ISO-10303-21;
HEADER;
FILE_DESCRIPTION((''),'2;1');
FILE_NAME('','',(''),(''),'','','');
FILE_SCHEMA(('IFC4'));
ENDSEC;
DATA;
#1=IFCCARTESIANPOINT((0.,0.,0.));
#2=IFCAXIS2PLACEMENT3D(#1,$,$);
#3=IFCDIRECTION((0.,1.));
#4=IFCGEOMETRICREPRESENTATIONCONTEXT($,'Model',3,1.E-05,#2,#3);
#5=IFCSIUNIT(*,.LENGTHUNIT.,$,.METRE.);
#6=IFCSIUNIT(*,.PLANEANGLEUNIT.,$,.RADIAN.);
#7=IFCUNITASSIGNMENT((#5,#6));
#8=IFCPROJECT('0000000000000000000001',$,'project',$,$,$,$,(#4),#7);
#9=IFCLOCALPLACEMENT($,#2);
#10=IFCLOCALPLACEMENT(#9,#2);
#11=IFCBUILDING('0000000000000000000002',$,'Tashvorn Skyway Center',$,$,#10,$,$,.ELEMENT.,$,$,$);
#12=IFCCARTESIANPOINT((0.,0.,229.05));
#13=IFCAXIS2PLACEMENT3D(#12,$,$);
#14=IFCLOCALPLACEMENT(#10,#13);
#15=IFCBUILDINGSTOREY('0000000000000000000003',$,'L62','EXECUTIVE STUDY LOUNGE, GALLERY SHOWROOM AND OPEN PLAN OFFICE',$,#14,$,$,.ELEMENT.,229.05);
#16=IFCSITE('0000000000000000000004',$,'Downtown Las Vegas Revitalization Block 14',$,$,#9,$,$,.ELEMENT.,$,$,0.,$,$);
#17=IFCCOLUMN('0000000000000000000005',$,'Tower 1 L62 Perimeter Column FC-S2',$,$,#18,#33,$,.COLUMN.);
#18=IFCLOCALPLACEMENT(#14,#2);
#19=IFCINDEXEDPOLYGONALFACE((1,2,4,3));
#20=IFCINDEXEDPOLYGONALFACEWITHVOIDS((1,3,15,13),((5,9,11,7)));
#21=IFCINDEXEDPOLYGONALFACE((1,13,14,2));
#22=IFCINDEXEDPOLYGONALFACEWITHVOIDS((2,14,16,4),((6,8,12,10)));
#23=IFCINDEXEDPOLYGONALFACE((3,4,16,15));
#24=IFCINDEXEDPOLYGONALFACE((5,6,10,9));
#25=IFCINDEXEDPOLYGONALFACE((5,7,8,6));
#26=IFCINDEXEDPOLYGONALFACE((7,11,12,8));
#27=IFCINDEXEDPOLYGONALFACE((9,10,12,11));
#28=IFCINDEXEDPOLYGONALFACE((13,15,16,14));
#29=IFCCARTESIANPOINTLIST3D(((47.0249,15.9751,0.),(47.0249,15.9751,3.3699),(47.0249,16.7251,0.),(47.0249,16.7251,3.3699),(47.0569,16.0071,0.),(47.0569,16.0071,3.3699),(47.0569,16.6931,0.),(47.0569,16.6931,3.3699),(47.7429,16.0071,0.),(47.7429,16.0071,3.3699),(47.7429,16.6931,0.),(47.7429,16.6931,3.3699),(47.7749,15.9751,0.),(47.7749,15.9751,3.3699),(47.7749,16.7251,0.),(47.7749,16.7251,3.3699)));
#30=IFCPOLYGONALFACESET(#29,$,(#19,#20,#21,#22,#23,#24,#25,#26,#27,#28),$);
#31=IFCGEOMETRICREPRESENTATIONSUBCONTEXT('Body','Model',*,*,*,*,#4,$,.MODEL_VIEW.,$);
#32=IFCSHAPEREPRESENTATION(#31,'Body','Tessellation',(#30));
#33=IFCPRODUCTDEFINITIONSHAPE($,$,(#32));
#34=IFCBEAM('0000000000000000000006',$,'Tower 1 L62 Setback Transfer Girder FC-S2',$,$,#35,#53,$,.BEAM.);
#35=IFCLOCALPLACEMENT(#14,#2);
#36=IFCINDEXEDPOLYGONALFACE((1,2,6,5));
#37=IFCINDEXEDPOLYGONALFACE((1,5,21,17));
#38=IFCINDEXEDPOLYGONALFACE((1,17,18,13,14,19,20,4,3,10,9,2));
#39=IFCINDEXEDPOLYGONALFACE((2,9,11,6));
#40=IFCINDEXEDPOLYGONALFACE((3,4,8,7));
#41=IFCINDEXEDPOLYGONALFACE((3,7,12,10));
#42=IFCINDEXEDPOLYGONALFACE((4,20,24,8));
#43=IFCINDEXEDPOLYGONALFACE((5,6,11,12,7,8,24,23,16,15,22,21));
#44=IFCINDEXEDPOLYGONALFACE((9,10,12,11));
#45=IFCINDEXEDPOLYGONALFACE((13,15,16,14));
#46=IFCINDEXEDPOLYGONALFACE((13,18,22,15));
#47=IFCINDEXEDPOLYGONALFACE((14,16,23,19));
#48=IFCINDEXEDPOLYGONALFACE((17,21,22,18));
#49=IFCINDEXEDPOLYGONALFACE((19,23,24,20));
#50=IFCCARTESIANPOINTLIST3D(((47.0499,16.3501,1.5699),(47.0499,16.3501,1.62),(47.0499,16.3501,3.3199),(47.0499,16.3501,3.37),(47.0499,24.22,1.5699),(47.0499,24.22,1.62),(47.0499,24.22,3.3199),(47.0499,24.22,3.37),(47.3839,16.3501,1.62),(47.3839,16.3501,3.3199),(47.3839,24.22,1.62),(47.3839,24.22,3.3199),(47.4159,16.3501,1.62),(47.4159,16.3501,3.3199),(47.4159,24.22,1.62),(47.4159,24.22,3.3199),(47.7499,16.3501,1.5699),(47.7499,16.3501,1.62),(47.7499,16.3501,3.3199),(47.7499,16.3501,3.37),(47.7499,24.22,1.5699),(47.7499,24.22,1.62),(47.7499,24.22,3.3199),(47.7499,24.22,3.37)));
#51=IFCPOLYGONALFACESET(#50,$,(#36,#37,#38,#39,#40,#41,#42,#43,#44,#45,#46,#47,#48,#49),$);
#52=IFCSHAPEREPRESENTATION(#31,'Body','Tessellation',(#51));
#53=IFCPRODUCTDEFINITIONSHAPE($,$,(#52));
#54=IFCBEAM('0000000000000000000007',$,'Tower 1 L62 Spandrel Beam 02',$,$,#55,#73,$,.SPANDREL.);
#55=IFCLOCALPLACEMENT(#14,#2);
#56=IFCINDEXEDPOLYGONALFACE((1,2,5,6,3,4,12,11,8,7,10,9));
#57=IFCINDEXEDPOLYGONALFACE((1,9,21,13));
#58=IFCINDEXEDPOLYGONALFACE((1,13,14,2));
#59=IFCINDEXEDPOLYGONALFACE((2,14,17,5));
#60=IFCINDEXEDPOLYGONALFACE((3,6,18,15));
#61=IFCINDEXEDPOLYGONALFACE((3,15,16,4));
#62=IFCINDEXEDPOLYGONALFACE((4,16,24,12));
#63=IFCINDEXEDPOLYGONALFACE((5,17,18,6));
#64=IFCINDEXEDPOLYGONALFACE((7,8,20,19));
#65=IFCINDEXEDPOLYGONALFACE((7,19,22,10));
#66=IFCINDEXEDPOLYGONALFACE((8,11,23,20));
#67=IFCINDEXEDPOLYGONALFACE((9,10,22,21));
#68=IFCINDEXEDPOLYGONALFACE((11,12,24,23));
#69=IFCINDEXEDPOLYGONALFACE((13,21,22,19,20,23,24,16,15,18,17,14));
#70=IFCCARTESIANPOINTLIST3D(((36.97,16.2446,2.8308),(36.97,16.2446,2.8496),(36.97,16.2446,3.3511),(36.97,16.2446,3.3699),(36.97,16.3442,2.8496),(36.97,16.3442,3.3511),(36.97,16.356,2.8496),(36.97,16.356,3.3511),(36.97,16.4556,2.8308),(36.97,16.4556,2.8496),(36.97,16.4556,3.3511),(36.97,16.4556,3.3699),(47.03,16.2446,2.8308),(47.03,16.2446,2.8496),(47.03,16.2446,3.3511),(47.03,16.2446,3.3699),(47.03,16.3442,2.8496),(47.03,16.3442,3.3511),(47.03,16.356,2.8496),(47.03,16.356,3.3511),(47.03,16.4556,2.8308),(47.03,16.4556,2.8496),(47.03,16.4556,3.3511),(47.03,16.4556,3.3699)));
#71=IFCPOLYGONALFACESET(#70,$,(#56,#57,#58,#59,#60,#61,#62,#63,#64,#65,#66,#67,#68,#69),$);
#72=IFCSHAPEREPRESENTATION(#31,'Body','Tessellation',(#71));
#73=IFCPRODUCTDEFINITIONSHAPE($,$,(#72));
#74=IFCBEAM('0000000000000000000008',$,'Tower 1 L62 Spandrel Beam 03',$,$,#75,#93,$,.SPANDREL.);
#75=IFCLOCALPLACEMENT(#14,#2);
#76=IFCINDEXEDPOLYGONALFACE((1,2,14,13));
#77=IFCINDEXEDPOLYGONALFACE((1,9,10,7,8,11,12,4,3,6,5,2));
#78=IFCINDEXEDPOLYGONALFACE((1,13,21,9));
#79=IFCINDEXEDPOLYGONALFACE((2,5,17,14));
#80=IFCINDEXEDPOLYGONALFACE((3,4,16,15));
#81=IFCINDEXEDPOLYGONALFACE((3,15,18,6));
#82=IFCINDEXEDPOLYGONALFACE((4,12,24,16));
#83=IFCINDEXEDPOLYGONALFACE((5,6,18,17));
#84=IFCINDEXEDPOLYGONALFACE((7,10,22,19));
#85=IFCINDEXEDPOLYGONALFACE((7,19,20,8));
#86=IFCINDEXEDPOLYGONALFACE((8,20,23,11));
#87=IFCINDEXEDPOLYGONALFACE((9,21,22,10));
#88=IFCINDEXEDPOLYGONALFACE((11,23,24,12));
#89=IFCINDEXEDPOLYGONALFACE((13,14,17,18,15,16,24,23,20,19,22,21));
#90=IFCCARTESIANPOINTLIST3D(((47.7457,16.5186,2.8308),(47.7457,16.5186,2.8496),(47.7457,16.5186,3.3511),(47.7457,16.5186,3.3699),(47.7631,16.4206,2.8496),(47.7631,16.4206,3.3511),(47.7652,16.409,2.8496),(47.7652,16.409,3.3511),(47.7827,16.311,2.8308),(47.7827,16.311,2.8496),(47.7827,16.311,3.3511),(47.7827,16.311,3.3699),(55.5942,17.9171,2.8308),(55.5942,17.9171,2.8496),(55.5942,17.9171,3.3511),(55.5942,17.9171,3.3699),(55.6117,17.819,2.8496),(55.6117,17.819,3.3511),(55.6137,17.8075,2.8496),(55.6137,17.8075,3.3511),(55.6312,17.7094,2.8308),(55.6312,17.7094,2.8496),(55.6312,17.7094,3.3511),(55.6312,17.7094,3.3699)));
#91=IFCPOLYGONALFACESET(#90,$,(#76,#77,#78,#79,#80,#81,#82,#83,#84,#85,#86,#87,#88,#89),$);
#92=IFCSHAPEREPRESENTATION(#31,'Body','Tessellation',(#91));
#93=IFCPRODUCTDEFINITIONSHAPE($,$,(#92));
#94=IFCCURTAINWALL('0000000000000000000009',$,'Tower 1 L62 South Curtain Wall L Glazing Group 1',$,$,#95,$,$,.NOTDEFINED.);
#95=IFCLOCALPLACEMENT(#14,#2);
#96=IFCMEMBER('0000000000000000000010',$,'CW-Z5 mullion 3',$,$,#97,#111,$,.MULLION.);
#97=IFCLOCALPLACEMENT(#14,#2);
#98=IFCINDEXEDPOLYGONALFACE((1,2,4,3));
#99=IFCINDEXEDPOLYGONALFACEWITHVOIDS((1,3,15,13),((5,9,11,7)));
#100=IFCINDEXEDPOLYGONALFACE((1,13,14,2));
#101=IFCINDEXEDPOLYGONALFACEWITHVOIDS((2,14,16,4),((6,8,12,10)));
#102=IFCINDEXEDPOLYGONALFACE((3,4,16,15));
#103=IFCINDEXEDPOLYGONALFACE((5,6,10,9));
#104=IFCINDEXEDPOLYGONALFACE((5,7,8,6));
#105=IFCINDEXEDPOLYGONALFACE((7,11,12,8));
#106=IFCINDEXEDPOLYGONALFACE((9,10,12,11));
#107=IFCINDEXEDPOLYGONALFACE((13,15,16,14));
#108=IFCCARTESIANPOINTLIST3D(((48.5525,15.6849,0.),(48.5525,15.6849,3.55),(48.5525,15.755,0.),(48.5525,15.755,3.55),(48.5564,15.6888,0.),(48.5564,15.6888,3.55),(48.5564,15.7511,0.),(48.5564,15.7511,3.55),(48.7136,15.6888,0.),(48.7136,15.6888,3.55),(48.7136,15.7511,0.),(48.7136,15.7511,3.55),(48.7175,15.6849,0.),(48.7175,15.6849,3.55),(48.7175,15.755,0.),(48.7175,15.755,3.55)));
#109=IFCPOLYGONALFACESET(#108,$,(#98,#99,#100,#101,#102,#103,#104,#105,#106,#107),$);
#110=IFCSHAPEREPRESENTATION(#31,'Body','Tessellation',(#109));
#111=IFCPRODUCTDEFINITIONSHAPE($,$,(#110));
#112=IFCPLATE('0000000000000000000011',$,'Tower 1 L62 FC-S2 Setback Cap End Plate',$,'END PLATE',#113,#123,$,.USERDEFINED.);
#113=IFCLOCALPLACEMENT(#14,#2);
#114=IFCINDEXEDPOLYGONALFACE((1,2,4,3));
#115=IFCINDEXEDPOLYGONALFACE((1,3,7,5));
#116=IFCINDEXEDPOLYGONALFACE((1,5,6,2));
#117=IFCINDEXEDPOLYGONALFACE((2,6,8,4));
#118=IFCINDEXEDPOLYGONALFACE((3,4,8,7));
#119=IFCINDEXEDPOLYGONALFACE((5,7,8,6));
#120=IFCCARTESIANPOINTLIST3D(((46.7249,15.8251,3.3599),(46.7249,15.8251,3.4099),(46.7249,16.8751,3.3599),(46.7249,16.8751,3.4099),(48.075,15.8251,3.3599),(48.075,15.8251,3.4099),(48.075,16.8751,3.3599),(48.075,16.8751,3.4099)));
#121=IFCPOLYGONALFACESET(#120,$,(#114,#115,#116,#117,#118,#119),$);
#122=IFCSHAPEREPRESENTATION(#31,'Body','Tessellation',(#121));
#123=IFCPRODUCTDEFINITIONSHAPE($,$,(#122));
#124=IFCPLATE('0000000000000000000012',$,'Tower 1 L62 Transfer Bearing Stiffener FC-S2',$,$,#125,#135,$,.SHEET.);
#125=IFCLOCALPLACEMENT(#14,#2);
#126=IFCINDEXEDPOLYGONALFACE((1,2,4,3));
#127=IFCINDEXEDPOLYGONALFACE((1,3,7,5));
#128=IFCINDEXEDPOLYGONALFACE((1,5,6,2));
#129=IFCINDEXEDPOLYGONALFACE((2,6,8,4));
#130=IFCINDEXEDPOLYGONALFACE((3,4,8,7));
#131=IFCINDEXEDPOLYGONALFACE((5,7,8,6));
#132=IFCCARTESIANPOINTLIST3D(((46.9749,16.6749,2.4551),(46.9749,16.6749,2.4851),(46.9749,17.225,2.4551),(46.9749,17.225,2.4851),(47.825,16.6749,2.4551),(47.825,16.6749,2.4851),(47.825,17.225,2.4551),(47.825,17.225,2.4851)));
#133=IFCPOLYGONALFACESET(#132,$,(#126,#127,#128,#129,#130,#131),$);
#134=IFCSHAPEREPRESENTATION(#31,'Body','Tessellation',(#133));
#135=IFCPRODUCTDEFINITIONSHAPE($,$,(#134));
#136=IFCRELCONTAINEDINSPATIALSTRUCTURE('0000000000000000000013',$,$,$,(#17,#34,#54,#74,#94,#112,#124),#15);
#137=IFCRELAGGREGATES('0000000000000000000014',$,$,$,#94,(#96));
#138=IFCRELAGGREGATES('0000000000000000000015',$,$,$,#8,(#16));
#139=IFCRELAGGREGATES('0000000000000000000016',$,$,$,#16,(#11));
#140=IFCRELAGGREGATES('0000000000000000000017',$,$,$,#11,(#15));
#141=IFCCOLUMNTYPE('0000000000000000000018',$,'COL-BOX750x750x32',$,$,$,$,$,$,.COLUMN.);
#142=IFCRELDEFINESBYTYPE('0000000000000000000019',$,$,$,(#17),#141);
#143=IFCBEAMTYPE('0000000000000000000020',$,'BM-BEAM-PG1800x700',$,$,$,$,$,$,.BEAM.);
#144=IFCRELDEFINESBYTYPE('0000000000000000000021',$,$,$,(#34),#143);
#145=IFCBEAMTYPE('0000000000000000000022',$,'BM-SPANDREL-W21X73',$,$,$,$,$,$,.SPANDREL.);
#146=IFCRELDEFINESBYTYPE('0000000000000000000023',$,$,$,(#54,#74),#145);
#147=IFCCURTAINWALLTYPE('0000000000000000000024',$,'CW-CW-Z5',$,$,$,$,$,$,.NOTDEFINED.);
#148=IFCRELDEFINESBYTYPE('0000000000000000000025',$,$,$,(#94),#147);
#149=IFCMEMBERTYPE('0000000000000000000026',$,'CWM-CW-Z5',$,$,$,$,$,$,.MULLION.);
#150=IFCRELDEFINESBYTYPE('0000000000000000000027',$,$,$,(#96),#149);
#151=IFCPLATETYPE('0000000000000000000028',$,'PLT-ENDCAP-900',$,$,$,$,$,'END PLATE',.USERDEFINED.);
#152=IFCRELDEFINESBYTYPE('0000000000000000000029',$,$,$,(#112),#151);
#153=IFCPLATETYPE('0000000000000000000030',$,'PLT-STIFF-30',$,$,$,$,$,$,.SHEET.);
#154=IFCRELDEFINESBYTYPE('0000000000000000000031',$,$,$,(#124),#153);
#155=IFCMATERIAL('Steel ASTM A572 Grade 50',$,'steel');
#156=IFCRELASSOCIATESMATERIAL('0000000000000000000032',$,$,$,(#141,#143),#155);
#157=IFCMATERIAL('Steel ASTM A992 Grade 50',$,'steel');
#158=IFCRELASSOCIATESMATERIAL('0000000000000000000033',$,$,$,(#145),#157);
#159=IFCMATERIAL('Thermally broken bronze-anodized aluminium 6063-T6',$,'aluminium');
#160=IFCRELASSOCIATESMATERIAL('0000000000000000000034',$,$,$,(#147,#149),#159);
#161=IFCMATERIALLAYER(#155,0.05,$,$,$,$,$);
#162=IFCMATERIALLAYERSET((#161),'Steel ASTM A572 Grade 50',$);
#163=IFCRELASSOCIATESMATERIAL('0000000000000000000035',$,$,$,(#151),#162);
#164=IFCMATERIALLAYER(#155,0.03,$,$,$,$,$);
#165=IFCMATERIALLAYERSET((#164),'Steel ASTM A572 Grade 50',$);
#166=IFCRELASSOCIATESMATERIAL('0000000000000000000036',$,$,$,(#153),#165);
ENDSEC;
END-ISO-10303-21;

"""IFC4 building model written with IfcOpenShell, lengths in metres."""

from ifc_helpers import new_model, si_unit, direction, frame, origin, origin_2d, place, context, subcontext, project, spatial, rectangle, hollow_rectangle, i_section, extrude, material, layer, layer_set, material_profile, profile_set, type_object, element, aggregate, save


model = new_model("IFC4")

# Units and contexts
model_context = context("Model", 3, precision=1e-05, world=origin(), true_north=direction((0.0, 1.0)))
body_context = subcontext(model_context, "Body", "Model", "MODEL_VIEW")
ifc_project = project(units=[si_unit("LENGTHUNIT", "METRE"), si_unit("PLANEANGLEUNIT", "RADIAN")], contexts=[model_context])

# Site, building, storey
site_placement = place(None, origin())
site = spatial("IfcSite", under=ifc_project, at=site_placement, Name="Downtown Las Vegas Revitalization Block 14", CompositionType="ELEMENT", RefElevation=0.0)
building_placement = place(site_placement, origin())
building = spatial("IfcBuilding", under=site, at=building_placement, Name="Tashvorn Skyway Center", CompositionType="ELEMENT")
storey_placement = place(building_placement, frame((0.0, 0.0, 229.05)))
storey = spatial("IfcBuildingStorey", under=building, at=storey_placement, Name="L62", Description="EXECUTIVE STUDY LOUNGE, GALLERY SHOWROOM AND OPEN PLAN OFFICE", CompositionType="ELEMENT", Elevation=229.05)

# Column
ifc_material_1 = material(Name="Steel ASTM A572 Grade 50", Category="steel")
ifc_material_profile_1 = material_profile(ifc_material_1, hollow_rectangle(XDim=0.75, YDim=0.75, WallThickness=0.032, at=origin_2d()), Name="BOX750x750x32")
ifc_profile_set_1 = profile_set([ifc_material_profile_1], Name="Steel ASTM A572 Grade 50")
column_type = type_object("IfcColumnType", Name="COL-BOX750x750x32", PredefinedType="COLUMN", material=ifc_profile_set_1)
column_placement = place(storey_placement, frame((47.3999, 16.3501, 0.0), z_axis=(0.0, 0.0, 1.0), x_axis=(1.0, 0.0, 0.0)))
element("IfcColumn", 1, at=column_placement, inside=storey, type_object=column_type, Name="Tower 1 L62 Perimeter Column FC-S2", PredefinedType="COLUMN", context=body_context, shape_type="SweptSolid", body=[
    extrude(hollow_rectangle(XDim=0.75, YDim=0.75, WallThickness=0.032, at=origin_2d()), origin(), (0.0, 0.0, 1.0), 3.3699),
])

# Beams
ifc_material_profile_2 = material_profile(ifc_material_1, i_section(OverallWidth=0.7, OverallDepth=1.8, WebThickness=0.032, FlangeThickness=0.05, at=origin_2d()), Name="PG1800x700")
ifc_profile_set_2 = profile_set([ifc_material_profile_2], Name="Steel ASTM A572 Grade 50")
beam_type_1 = type_object("IfcBeamType", Name="BM-BEAM-PG1800x700", PredefinedType="BEAM", material=ifc_profile_set_2)
beam_1_placement = place(storey_placement, frame((47.3999, 16.3501, 2.47), z_axis=(0.0, 1.0, 0.0), x_axis=(-1.0, 0.0, 0.0)))
element("IfcBeam", 2, at=beam_1_placement, inside=storey, type_object=beam_type_1, Name="Tower 1 L62 Setback Transfer Girder FC-S2", PredefinedType="BEAM", context=body_context, shape_type="SweptSolid", body=[
    extrude(i_section(OverallWidth=0.7, OverallDepth=1.8, WebThickness=0.032, FlangeThickness=0.05, at=origin_2d()), origin(), (0.0, 0.0, 1.0), 7.8699),
])
ifc_material_2 = material(Name="Steel ASTM A992 Grade 50", Category="steel")
ifc_material_profile_3 = material_profile(ifc_material_2, i_section(OverallWidth=0.2109, OverallDepth=0.5391, WebThickness=0.0117, FlangeThickness=0.0188, at=origin_2d()), Name="W21X73")
ifc_profile_set_3 = profile_set([ifc_material_profile_3], Name="Steel ASTM A992 Grade 50")
beam_type_2 = type_object("IfcBeamType", Name="BM-SPANDREL-W21X73", PredefinedType="SPANDREL", material=ifc_profile_set_3)
beam_2_placement = place(storey_placement, frame((36.97, 16.3501, 3.1003), z_axis=(1.0, 0.0, 0.0), x_axis=(0.0, 1.0, 0.0)))
element("IfcBeam", 3, at=beam_2_placement, inside=storey, type_object=beam_type_2, Name="Tower 1 L62 Spandrel Beam 02", PredefinedType="SPANDREL", context=body_context, shape_type="SweptSolid", body=[
    extrude(i_section(OverallWidth=0.2109, OverallDepth=0.5391, WebThickness=0.0117, FlangeThickness=0.0188, at=origin_2d()), origin(), (0.0, 0.0, 1.0), 10.0601),
])
beam_3_placement = place(storey_placement, frame((47.7642, 16.4148, 3.1003), z_axis=(0.984495, 0.175413, 0.0), x_axis=(-0.175413, 0.984495, 0.0)))
element("IfcBeam", 4, at=beam_3_placement, inside=storey, type_object=beam_type_2, Name="Tower 1 L62 Spandrel Beam 03", PredefinedType="SPANDREL", context=body_context, shape_type="SweptSolid", body=[
    extrude(i_section(OverallWidth=0.2109, OverallDepth=0.5391, WebThickness=0.0117, FlangeThickness=0.0188, at=origin_2d()), origin(), (0.0, 0.0, 1.0), 7.9722),
])

# Curtain wall, member
ifc_material_3 = material(Name="Thermally broken bronze-anodized aluminium 6063-T6", Category="aluminium")
curtain_wall_type = type_object("IfcCurtainWallType", Name="CW-CW-Z5", PredefinedType="NOTDEFINED", material=ifc_material_3)
curtain_wall_placement = place(storey_placement, origin())
curtain_wall = element("IfcCurtainWall", 5, at=curtain_wall_placement, inside=storey, type_object=curtain_wall_type, Name="Tower 1 L62 South Curtain Wall L Glazing Group 1", PredefinedType="NOTDEFINED")
ifc_material_profile_4 = material_profile(ifc_material_3, hollow_rectangle(XDim=0.0701, YDim=0.165, WallThickness=0.0039, at=origin_2d()), Name="ALU-MULL-70x165")
ifc_profile_set_4 = profile_set([ifc_material_profile_4], Name="Thermally broken bronze-anodized aluminium 6063-T6")
member_type = type_object("IfcMemberType", Name="CWM-CW-Z5", PredefinedType="MULLION", material=ifc_profile_set_4)
member_placement = place(storey_placement, frame((48.635, 15.72, 0.0), z_axis=(0.0, 0.0, 1.0), x_axis=(0.0, -1.0, 0.0)))
member = element("IfcMember", 6, at=member_placement, type_object=member_type, Name="CW-Z5 mullion 3", PredefinedType="MULLION", context=body_context, shape_type="SweptSolid", body=[
    extrude(hollow_rectangle(XDim=0.0701, YDim=0.165, WallThickness=0.0039, at=origin_2d()), origin(), (0.0, 0.0, 1.0), 3.55),
])
aggregate(curtain_wall, [member])

# Plates
ifc_layer_1 = layer(ifc_material_1, 0.05)
ifc_layer_set_1 = layer_set([ifc_layer_1], Name="Steel ASTM A572 Grade 50")
plate_type_1 = type_object("IfcPlateType", Name="PLT-ENDCAP-900", ElementType="END PLATE", PredefinedType="USERDEFINED", material=ifc_layer_set_1)
plate_1_placement = place(storey_placement, frame((47.3999, 16.3501, 3.3599), z_axis=(0.0, 0.0, 1.0), x_axis=(1.0, 0.0, 0.0)))
element("IfcPlate", 7, at=plate_1_placement, inside=storey, type_object=plate_type_1, Name="Tower 1 L62 FC-S2 Setback Cap End Plate", ObjectType="END PLATE", PredefinedType="USERDEFINED", context=body_context, shape_type="SweptSolid", body=[
    extrude(rectangle(XDim=1.3501, YDim=1.05, at=origin_2d()), origin(), (0.0, 0.0, 1.0), 0.05),
])
ifc_layer_2 = layer(ifc_material_1, 0.03)
ifc_layer_set_2 = layer_set([ifc_layer_2], Name="Steel ASTM A572 Grade 50")
plate_type_2 = type_object("IfcPlateType", Name="PLT-STIFF-30", PredefinedType="SHEET", material=ifc_layer_set_2)
plate_2_placement = place(storey_placement, frame((47.3999, 16.95, 2.4551), z_axis=(0.0, 0.0, 1.0), x_axis=(1.0, 0.0, 0.0)))
element("IfcPlate", 8, at=plate_2_placement, inside=storey, type_object=plate_type_2, Name="Tower 1 L62 Transfer Bearing Stiffener FC-S2", PredefinedType="SHEET", context=body_context, shape_type="SweptSolid", body=[
    extrude(rectangle(XDim=0.8501, YDim=0.55, at=origin_2d()), origin(), (0.0, 0.0, 1.0), 0.03),
])

save(model, "model.ifc")
